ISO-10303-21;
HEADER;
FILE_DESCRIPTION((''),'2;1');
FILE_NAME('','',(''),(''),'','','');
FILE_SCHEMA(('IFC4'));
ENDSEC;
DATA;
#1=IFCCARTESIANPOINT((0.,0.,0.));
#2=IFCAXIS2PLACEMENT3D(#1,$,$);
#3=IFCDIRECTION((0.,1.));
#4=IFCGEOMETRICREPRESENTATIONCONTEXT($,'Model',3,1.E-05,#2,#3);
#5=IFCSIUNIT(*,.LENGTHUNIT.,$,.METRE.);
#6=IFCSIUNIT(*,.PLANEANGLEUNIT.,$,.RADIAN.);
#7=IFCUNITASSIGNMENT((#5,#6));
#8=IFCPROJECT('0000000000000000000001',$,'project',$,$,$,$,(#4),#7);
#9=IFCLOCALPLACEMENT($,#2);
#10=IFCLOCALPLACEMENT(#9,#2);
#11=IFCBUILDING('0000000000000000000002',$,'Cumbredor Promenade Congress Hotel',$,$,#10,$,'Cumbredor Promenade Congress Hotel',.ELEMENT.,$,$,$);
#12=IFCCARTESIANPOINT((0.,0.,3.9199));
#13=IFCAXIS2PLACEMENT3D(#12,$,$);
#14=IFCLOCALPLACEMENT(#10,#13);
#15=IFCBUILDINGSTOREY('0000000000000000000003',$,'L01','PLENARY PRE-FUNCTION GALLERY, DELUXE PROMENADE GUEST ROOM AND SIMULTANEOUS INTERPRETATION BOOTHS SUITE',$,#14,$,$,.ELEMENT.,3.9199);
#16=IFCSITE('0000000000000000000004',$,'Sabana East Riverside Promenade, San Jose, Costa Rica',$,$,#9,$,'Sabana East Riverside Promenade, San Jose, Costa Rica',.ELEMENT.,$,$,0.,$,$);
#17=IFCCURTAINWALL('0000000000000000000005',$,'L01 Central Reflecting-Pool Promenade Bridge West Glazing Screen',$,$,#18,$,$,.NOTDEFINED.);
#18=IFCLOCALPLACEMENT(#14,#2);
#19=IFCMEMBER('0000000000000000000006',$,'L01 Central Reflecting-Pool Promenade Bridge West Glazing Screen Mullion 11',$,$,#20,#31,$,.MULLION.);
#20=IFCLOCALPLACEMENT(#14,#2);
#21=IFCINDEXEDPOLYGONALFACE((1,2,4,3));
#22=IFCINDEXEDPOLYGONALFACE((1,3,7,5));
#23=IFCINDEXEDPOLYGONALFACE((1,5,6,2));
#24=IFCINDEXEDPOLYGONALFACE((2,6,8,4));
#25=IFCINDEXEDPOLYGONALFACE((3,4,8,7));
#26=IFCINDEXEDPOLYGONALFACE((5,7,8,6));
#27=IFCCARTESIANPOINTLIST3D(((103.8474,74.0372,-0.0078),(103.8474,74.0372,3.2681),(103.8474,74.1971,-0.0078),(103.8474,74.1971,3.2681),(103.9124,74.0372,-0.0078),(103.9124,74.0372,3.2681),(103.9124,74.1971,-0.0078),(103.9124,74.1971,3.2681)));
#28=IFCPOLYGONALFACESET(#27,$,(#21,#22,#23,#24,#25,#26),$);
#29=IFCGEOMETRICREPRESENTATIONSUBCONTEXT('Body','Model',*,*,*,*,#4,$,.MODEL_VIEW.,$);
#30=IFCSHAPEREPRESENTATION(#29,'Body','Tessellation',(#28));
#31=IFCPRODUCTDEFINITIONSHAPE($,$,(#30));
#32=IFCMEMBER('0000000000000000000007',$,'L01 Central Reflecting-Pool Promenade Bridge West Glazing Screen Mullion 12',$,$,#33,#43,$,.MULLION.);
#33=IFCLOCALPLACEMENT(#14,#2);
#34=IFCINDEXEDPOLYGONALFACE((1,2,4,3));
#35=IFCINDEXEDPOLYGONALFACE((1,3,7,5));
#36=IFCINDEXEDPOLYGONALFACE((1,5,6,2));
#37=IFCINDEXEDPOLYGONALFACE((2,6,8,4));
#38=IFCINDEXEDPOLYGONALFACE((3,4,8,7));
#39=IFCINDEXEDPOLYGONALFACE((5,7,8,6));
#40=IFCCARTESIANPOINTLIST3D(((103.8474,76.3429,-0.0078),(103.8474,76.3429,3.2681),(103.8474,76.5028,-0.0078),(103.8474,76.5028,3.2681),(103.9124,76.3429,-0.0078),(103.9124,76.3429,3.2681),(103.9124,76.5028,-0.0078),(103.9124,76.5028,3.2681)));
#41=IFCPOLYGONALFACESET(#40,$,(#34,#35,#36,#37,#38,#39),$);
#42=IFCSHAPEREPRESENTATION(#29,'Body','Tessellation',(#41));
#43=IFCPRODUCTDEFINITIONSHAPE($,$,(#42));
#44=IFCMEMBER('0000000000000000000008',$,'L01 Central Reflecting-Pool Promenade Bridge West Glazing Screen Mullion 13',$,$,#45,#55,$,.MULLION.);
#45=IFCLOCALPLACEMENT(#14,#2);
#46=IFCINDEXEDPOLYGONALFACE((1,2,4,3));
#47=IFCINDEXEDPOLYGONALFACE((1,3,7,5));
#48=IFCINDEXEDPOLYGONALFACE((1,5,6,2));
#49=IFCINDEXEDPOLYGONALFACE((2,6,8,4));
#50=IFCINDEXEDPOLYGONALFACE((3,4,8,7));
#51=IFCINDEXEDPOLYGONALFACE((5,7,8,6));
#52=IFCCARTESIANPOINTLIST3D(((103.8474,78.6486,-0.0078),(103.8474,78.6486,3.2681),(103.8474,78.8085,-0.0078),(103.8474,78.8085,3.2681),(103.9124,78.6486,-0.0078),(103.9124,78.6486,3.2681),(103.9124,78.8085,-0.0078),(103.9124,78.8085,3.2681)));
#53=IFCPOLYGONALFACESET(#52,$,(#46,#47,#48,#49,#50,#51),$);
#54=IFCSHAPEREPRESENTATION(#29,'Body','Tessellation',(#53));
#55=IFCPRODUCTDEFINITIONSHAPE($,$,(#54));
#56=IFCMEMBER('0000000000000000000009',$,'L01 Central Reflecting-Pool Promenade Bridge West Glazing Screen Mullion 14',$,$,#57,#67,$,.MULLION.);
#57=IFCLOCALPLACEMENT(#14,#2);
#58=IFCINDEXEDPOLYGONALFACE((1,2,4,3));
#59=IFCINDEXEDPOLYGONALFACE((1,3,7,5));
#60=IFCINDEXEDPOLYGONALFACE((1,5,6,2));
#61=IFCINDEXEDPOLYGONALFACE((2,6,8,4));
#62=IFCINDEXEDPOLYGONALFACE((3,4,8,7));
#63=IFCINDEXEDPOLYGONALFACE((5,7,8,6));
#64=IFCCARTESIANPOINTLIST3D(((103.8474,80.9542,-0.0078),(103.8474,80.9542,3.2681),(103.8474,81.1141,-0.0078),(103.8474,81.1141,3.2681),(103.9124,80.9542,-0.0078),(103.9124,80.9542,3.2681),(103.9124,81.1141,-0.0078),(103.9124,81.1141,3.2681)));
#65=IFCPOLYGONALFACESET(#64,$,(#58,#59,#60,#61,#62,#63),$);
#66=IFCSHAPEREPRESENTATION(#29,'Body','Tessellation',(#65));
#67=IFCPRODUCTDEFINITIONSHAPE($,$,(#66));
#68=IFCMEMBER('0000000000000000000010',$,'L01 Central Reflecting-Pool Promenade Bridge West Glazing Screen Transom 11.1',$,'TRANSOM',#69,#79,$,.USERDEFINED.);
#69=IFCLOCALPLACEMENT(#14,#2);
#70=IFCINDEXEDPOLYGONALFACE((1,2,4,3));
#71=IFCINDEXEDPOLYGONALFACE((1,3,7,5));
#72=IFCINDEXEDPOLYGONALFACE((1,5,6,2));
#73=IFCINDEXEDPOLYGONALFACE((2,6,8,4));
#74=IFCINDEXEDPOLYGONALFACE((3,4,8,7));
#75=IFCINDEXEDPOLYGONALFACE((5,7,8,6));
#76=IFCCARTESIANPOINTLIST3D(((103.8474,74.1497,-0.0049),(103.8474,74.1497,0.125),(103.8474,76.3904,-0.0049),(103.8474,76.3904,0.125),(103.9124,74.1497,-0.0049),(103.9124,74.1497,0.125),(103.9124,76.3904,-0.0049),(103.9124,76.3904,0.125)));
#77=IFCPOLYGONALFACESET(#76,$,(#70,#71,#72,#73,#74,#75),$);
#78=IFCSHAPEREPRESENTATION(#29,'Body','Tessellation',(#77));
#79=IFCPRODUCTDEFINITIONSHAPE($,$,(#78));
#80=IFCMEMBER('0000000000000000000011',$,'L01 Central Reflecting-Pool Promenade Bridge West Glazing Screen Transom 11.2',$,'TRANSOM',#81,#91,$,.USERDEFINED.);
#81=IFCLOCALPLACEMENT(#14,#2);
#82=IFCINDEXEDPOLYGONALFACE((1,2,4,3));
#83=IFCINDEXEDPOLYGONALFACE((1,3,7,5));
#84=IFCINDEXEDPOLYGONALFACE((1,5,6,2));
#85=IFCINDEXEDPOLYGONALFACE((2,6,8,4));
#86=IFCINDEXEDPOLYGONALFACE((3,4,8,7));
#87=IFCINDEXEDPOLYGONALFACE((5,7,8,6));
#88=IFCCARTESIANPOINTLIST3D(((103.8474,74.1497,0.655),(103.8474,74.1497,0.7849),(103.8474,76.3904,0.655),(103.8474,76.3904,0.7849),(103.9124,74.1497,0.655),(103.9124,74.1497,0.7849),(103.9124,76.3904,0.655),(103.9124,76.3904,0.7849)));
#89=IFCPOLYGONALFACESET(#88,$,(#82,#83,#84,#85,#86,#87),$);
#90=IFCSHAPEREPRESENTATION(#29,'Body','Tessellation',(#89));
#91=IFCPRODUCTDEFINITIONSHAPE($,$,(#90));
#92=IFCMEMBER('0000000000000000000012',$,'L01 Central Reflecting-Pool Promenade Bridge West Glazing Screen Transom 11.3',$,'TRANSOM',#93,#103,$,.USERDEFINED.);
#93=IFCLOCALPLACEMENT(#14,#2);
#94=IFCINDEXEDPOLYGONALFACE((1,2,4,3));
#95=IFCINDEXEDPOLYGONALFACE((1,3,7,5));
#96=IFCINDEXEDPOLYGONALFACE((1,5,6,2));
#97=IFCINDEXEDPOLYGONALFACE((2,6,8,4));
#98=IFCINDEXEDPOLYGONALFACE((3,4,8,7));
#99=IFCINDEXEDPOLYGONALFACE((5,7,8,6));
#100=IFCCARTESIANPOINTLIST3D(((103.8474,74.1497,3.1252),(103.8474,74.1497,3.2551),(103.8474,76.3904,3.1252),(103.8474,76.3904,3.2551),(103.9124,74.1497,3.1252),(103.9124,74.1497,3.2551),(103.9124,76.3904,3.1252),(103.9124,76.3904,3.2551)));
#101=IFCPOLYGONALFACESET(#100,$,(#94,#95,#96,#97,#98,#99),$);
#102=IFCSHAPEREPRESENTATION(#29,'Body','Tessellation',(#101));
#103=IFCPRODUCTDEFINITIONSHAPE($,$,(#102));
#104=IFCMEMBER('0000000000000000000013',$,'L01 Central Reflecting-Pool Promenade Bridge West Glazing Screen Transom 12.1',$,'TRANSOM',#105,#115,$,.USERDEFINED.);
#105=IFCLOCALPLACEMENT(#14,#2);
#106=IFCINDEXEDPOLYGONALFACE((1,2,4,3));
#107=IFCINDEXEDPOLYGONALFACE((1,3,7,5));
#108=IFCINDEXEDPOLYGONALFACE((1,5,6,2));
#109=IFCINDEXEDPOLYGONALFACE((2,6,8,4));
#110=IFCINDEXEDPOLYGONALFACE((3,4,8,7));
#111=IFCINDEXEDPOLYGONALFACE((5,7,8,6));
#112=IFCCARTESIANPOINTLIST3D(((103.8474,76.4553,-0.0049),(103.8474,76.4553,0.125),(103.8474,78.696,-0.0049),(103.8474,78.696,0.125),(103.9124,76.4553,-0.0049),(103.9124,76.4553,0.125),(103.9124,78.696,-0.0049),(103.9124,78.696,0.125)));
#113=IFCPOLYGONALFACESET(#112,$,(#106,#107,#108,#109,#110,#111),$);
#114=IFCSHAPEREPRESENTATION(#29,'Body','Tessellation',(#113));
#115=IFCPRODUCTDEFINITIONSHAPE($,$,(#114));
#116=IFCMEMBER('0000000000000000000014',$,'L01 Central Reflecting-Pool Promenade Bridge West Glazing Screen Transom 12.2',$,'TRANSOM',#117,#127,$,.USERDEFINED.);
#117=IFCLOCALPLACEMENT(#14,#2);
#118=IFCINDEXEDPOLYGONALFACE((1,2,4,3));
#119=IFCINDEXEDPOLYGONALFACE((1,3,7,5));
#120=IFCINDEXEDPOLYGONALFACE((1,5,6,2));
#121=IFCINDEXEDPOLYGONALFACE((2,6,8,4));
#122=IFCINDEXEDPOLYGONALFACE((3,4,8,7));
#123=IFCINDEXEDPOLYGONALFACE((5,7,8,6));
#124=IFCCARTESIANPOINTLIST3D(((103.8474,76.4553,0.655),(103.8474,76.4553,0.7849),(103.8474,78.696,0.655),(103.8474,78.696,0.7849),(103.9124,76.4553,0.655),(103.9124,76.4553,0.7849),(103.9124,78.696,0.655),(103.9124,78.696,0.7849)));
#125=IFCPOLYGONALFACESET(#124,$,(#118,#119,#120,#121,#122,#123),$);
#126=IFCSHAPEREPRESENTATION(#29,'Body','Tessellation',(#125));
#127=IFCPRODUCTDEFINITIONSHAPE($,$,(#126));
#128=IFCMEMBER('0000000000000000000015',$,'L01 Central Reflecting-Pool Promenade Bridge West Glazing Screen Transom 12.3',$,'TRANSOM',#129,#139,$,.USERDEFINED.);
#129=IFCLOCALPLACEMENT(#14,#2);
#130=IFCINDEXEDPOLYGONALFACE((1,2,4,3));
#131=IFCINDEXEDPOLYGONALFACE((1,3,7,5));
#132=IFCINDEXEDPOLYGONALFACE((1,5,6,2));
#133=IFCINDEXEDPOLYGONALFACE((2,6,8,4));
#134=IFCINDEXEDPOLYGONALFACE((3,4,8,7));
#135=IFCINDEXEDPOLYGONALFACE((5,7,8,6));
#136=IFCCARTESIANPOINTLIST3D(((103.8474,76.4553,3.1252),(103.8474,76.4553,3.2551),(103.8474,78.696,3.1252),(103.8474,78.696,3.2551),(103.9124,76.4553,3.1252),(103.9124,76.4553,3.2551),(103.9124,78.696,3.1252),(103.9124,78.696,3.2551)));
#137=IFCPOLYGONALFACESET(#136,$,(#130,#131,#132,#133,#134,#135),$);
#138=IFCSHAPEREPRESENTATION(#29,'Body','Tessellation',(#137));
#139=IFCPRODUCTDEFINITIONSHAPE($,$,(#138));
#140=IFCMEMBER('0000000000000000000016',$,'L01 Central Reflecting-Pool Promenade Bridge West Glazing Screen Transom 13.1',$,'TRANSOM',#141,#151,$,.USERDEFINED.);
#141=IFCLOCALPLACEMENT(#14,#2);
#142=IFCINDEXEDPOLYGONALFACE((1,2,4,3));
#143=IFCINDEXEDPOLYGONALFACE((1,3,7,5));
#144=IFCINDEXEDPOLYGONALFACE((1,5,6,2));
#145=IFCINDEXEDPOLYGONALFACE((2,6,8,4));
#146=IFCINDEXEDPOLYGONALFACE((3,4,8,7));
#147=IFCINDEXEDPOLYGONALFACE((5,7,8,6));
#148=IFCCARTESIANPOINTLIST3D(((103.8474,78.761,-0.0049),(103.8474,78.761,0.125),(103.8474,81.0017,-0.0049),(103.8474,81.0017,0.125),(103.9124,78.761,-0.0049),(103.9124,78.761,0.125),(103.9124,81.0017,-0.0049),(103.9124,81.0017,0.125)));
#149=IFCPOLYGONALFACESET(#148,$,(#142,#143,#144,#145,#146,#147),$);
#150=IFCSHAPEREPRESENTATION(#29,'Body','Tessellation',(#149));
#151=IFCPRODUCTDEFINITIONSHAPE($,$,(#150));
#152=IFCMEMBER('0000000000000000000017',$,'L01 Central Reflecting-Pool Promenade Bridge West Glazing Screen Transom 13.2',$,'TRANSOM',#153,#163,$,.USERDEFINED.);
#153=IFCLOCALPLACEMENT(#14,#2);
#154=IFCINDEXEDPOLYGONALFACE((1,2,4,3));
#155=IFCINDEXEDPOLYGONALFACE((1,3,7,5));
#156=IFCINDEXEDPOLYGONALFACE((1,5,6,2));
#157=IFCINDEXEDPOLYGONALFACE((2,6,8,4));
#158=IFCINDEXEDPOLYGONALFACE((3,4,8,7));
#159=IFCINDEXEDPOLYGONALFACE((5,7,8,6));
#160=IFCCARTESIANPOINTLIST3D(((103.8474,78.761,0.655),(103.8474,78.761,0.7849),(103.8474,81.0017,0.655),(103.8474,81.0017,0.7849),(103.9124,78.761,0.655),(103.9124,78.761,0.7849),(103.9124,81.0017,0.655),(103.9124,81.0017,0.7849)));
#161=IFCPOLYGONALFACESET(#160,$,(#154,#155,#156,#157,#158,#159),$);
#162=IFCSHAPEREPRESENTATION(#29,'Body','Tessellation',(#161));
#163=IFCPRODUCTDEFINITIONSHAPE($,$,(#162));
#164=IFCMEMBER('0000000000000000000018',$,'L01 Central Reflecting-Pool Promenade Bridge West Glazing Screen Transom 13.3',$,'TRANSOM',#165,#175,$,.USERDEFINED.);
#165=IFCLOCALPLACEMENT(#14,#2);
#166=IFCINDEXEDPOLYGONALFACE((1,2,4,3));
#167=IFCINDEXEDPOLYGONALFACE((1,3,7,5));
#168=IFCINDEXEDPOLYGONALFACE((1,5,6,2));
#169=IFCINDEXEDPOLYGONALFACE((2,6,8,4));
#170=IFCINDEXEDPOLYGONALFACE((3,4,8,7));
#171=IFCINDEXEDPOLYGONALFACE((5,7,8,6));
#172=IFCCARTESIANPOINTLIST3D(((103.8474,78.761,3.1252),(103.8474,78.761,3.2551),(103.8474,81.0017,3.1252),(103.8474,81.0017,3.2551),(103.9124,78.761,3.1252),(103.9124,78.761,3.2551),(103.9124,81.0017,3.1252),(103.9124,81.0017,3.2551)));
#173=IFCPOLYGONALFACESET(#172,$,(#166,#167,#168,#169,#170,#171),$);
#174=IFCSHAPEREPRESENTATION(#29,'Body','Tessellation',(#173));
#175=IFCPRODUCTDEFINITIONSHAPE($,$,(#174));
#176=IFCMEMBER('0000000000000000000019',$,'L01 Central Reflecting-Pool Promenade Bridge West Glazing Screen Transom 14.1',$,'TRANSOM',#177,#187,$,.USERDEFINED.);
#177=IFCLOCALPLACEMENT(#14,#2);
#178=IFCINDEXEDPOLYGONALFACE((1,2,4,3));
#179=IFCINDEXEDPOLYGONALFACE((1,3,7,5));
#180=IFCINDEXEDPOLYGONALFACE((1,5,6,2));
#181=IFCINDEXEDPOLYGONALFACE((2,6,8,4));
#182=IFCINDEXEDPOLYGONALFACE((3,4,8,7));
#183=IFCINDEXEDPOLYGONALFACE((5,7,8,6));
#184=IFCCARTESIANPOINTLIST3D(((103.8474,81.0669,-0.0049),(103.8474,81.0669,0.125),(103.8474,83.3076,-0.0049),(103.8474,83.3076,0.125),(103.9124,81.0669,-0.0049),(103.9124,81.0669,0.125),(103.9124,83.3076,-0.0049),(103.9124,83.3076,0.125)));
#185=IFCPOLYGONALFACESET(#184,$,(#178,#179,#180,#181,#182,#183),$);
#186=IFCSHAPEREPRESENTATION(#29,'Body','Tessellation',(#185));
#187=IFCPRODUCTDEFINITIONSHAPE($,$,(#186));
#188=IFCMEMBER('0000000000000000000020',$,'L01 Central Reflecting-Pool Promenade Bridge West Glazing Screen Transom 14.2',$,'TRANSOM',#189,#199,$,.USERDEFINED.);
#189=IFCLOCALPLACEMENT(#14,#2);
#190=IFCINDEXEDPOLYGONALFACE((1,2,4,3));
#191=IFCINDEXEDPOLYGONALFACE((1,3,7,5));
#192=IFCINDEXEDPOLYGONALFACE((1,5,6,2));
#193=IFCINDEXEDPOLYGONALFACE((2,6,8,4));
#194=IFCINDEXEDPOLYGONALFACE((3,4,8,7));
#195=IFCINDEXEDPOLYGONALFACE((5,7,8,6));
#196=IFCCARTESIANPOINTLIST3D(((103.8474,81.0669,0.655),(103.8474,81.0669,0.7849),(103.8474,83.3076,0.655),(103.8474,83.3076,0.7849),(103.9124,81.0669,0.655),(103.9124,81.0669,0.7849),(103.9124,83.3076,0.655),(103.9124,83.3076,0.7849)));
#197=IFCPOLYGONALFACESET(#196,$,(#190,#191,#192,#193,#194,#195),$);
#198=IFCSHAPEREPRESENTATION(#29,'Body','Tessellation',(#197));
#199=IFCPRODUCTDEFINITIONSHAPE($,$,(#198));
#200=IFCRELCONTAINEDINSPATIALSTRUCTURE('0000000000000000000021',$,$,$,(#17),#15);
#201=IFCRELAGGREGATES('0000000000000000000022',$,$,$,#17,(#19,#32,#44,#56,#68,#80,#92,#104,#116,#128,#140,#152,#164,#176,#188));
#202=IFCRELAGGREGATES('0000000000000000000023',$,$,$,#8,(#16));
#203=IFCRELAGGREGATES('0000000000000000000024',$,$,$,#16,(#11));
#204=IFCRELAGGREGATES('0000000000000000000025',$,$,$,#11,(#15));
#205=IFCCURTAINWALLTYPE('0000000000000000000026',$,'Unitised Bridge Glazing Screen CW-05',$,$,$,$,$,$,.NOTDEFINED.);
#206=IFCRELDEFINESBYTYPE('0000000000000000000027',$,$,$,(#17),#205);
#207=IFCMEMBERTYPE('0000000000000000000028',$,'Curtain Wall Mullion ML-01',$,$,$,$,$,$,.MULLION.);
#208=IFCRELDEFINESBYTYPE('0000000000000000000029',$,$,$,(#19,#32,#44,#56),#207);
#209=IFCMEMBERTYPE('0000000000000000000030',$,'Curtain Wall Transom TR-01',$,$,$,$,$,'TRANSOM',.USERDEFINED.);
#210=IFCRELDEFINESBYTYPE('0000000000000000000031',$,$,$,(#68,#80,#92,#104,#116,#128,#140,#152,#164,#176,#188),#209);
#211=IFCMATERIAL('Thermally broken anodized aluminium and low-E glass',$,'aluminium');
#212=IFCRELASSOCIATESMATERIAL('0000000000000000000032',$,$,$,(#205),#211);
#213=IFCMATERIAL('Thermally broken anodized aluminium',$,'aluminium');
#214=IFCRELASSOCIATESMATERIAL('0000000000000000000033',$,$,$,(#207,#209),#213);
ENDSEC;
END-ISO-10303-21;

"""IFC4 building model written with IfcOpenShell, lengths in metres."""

from ifc_helpers import new_model, si_unit, direction, frame, origin, origin_2d, place, context, subcontext, project, spatial, rectangle, extrude, material, material_profile, profile_set, type_object, element, aggregate, save


model = new_model("IFC4")

# Units and contexts
model_context = context("Model", 3, precision=1e-05, world=origin(), true_north=direction((0.0, 1.0)))
body_context = subcontext(model_context, "Body", "Model", "MODEL_VIEW")
ifc_project = project(units=[si_unit("LENGTHUNIT", "METRE"), si_unit("PLANEANGLEUNIT", "RADIAN")], contexts=[model_context])

# Site, building, storey
site_placement = place(None, origin())
site = spatial("IfcSite", under=ifc_project, at=site_placement, Name="Sabana East Riverside Promenade, San Jose, Costa Rica", LongName="Sabana East Riverside Promenade, San Jose, Costa Rica", CompositionType="ELEMENT", RefElevation=0.0)
building_placement = place(site_placement, origin())
building = spatial("IfcBuilding", under=site, at=building_placement, Name="Cumbredor Promenade Congress Hotel", LongName="Cumbredor Promenade Congress Hotel", CompositionType="ELEMENT")
storey_placement = place(building_placement, frame((0.0, 0.0, 3.9199)))
storey = spatial("IfcBuildingStorey", under=building, at=storey_placement, Name="L01", Description="PLENARY PRE-FUNCTION GALLERY, DELUXE PROMENADE GUEST ROOM AND SIMULTANEOUS INTERPRETATION BOOTHS SUITE", CompositionType="ELEMENT", Elevation=3.9199)

# Curtain wall, members
ifc_material_1 = material(Name="Thermally broken anodized aluminium and low-E glass", Category="aluminium")
curtain_wall_type = type_object("IfcCurtainWallType", Name="Unitised Bridge Glazing Screen CW-05", PredefinedType="NOTDEFINED", material=ifc_material_1)
curtain_wall_placement = place(storey_placement, origin())
curtain_wall = element("IfcCurtainWall", 1, at=curtain_wall_placement, inside=storey, type_object=curtain_wall_type, Name="L01 Central Reflecting-Pool Promenade Bridge West Glazing Screen", PredefinedType="NOTDEFINED")
ifc_material_2 = material(Name="Thermally broken anodized aluminium", Category="aluminium")
ifc_material_profile_1 = material_profile(ifc_material_2, rectangle(XDim=0.0649, YDim=0.1599, at=origin_2d()), Name="ALU MULLION 65x160")
ifc_profile_set_1 = profile_set([ifc_material_profile_1], Name="Thermally broken anodized aluminium")
member_type_1 = type_object("IfcMemberType", Name="Curtain Wall Mullion ML-01", PredefinedType="MULLION", material=ifc_profile_set_1)
member_1_placement = place(storey_placement, frame((103.8799, 74.1172, -0.0078), z_axis=(0.0, 0.0, 1.0), x_axis=(1.0, 0.0, 0.0)))
member_1 = element("IfcMember", 2, at=member_1_placement, type_object=member_type_1, Name="L01 Central Reflecting-Pool Promenade Bridge West Glazing Screen Mullion 11", PredefinedType="MULLION", context=body_context, shape_type="SweptSolid", body=[
    extrude(rectangle(XDim=0.0649, YDim=0.1599, at=origin_2d()), origin(), (0.0, 0.0, 1.0), 3.2759),
])
member_2_placement = place(storey_placement, frame((103.8799, 76.4229, -0.0078), z_axis=(0.0, 0.0, 1.0), x_axis=(1.0, 0.0, 0.0)))
member_2 = element("IfcMember", 3, at=member_2_placement, type_object=member_type_1, Name="L01 Central Reflecting-Pool Promenade Bridge West Glazing Screen Mullion 12", PredefinedType="MULLION", context=body_context, shape_type="SweptSolid", body=[
    extrude(rectangle(XDim=0.0649, YDim=0.1599, at=origin_2d()), origin(), (0.0, 0.0, 1.0), 3.2759),
])
member_3_placement = place(storey_placement, frame((103.8799, 78.7285, -0.0078), z_axis=(0.0, 0.0, 1.0), x_axis=(1.0, 0.0, 0.0)))
member_3 = element("IfcMember", 4, at=member_3_placement, type_object=member_type_1, Name="L01 Central Reflecting-Pool Promenade Bridge West Glazing Screen Mullion 13", PredefinedType="MULLION", context=body_context, shape_type="SweptSolid", body=[
    extrude(rectangle(XDim=0.0649, YDim=0.1599, at=origin_2d()), origin(), (0.0, 0.0, 1.0), 3.2759),
])
member_4_placement = place(storey_placement, frame((103.8799, 81.0342, -0.0078), z_axis=(0.0, 0.0, 1.0), x_axis=(1.0, 0.0, 0.0)))
member_4 = element("IfcMember", 5, at=member_4_placement, type_object=member_type_1, Name="L01 Central Reflecting-Pool Promenade Bridge West Glazing Screen Mullion 14", PredefinedType="MULLION", context=body_context, shape_type="SweptSolid", body=[
    extrude(rectangle(XDim=0.0649, YDim=0.1599, at=origin_2d()), origin(), (0.0, 0.0, 1.0), 3.2759),
])
ifc_material_profile_2 = material_profile(ifc_material_2, rectangle(XDim=0.0649, YDim=0.1299, at=origin_2d()), Name="ALU TRANSOM 65x130")
ifc_profile_set_2 = profile_set([ifc_material_profile_2], Name="Thermally broken anodized aluminium")
member_type_2 = type_object("IfcMemberType", Name="Curtain Wall Transom TR-01", ElementType="TRANSOM", PredefinedType="USERDEFINED", material=ifc_profile_set_2)
member_5_placement = place(storey_placement, frame((103.8799, 74.1497, 0.0601), z_axis=(0.0, 1.0, 0.0), x_axis=(-1.0, 0.0, 0.0)))
member_5 = element("IfcMember", 6, at=member_5_placement, type_object=member_type_2, Name="L01 Central Reflecting-Pool Promenade Bridge West Glazing Screen Transom 11.1", ObjectType="TRANSOM", PredefinedType="USERDEFINED", context=body_context, shape_type="SweptSolid", body=[
    extrude(rectangle(XDim=0.0649, YDim=0.1299, at=origin_2d()), origin(), (0.0, 0.0, 1.0), 2.2407),
])
member_6_placement = place(storey_placement, frame((103.8799, 74.1497, 0.72), z_axis=(0.0, 1.0, 0.0), x_axis=(-1.0, 0.0, 0.0)))
member_6 = element("IfcMember", 7, at=member_6_placement, type_object=member_type_2, Name="L01 Central Reflecting-Pool Promenade Bridge West Glazing Screen Transom 11.2", ObjectType="TRANSOM", PredefinedType="USERDEFINED", context=body_context, shape_type="SweptSolid", body=[
    extrude(rectangle(XDim=0.0649, YDim=0.1299, at=origin_2d()), origin(), (0.0, 0.0, 1.0), 2.2407),
])
member_7_placement = place(storey_placement, frame((103.8799, 74.1497, 3.1902), z_axis=(0.0, 1.0, 0.0), x_axis=(-1.0, 0.0, 0.0)))
member_7 = element("IfcMember", 8, at=member_7_placement, type_object=member_type_2, Name="L01 Central Reflecting-Pool Promenade Bridge West Glazing Screen Transom 11.3", ObjectType="TRANSOM", PredefinedType="USERDEFINED", context=body_context, shape_type="SweptSolid", body=[
    extrude(rectangle(XDim=0.0649, YDim=0.1299, at=origin_2d()), origin(), (0.0, 0.0, 1.0), 2.2407),
])
member_8_placement = place(storey_placement, frame((103.8799, 76.4553, 0.0601), z_axis=(0.0, 1.0, 0.0), x_axis=(-1.0, 0.0, 0.0)))
member_8 = element("IfcMember", 9, at=member_8_placement, type_object=member_type_2, Name="L01 Central Reflecting-Pool Promenade Bridge West Glazing Screen Transom 12.1", ObjectType="TRANSOM", PredefinedType="USERDEFINED", context=body_context, shape_type="SweptSolid", body=[
    extrude(rectangle(XDim=0.0649, YDim=0.1299, at=origin_2d()), origin(), (0.0, 0.0, 1.0), 2.2407),
])
member_9_placement = place(storey_placement, frame((103.8799, 76.4553, 0.72), z_axis=(0.0, 1.0, 0.0), x_axis=(-1.0, 0.0, 0.0)))
member_9 = element("IfcMember", 10, at=member_9_placement, type_object=member_type_2, Name="L01 Central Reflecting-Pool Promenade Bridge West Glazing Screen Transom 12.2", ObjectType="TRANSOM", PredefinedType="USERDEFINED", context=body_context, shape_type="SweptSolid", body=[
    extrude(rectangle(XDim=0.0649, YDim=0.1299, at=origin_2d()), origin(), (0.0, 0.0, 1.0), 2.2407),
])
member_10_placement = place(storey_placement, frame((103.8799, 76.4553, 3.1902), z_axis=(0.0, 1.0, 0.0), x_axis=(-1.0, 0.0, 0.0)))
member_10 = element("IfcMember", 11, at=member_10_placement, type_object=member_type_2, Name="L01 Central Reflecting-Pool Promenade Bridge West Glazing Screen Transom 12.3", ObjectType="TRANSOM", PredefinedType="USERDEFINED", context=body_context, shape_type="SweptSolid", body=[
    extrude(rectangle(XDim=0.0649, YDim=0.1299, at=origin_2d()), origin(), (0.0, 0.0, 1.0), 2.2407),
])
member_11_placement = place(storey_placement, frame((103.8799, 78.761, 0.0601), z_axis=(0.0, 1.0, 0.0), x_axis=(-1.0, 0.0, 0.0)))
member_11 = element("IfcMember", 12, at=member_11_placement, type_object=member_type_2, Name="L01 Central Reflecting-Pool Promenade Bridge West Glazing Screen Transom 13.1", ObjectType="TRANSOM", PredefinedType="USERDEFINED", context=body_context, shape_type="SweptSolid", body=[
    extrude(rectangle(XDim=0.0649, YDim=0.1299, at=origin_2d()), origin(), (0.0, 0.0, 1.0), 2.2407),
])
member_12_placement = place(storey_placement, frame((103.8799, 78.761, 0.72), z_axis=(0.0, 1.0, 0.0), x_axis=(-1.0, 0.0, 0.0)))
member_12 = element("IfcMember", 13, at=member_12_placement, type_object=member_type_2, Name="L01 Central Reflecting-Pool Promenade Bridge West Glazing Screen Transom 13.2", ObjectType="TRANSOM", PredefinedType="USERDEFINED", context=body_context, shape_type="SweptSolid", body=[
    extrude(rectangle(XDim=0.0649, YDim=0.1299, at=origin_2d()), origin(), (0.0, 0.0, 1.0), 2.2407),
])
member_13_placement = place(storey_placement, frame((103.8799, 78.761, 3.1902), z_axis=(0.0, 1.0, 0.0), x_axis=(-1.0, 0.0, 0.0)))
member_13 = element("IfcMember", 14, at=member_13_placement, type_object=member_type_2, Name="L01 Central Reflecting-Pool Promenade Bridge West Glazing Screen Transom 13.3", ObjectType="TRANSOM", PredefinedType="USERDEFINED", context=body_context, shape_type="SweptSolid", body=[
    extrude(rectangle(XDim=0.0649, YDim=0.1299, at=origin_2d()), origin(), (0.0, 0.0, 1.0), 2.2407),
])
member_14_placement = place(storey_placement, frame((103.8799, 81.0669, 0.0601), z_axis=(0.0, 1.0, 0.0), x_axis=(-1.0, 0.0, 0.0)))
member_14 = element("IfcMember", 15, at=member_14_placement, type_object=member_type_2, Name="L01 Central Reflecting-Pool Promenade Bridge West Glazing Screen Transom 14.1", ObjectType="TRANSOM", PredefinedType="USERDEFINED", context=body_context, shape_type="SweptSolid", body=[
    extrude(rectangle(XDim=0.0649, YDim=0.1299, at=origin_2d()), origin(), (0.0, 0.0, 1.0), 2.2407),
])
member_15_placement = place(storey_placement, frame((103.8799, 81.0669, 0.72), z_axis=(0.0, 1.0, 0.0), x_axis=(-1.0, 0.0, 0.0)))
member_15 = element("IfcMember", 16, at=member_15_placement, type_object=member_type_2, Name="L01 Central Reflecting-Pool Promenade Bridge West Glazing Screen Transom 14.2", ObjectType="TRANSOM", PredefinedType="USERDEFINED", context=body_context, shape_type="SweptSolid", body=[
    extrude(rectangle(XDim=0.0649, YDim=0.1299, at=origin_2d()), origin(), (0.0, 0.0, 1.0), 2.2407),
])
aggregate(curtain_wall, [member_1, member_2, member_3, member_4, member_5, member_6, member_7, member_8, member_9, member_10, member_11, member_12, member_13, member_14, member_15])

save(model, "model.ifc")
